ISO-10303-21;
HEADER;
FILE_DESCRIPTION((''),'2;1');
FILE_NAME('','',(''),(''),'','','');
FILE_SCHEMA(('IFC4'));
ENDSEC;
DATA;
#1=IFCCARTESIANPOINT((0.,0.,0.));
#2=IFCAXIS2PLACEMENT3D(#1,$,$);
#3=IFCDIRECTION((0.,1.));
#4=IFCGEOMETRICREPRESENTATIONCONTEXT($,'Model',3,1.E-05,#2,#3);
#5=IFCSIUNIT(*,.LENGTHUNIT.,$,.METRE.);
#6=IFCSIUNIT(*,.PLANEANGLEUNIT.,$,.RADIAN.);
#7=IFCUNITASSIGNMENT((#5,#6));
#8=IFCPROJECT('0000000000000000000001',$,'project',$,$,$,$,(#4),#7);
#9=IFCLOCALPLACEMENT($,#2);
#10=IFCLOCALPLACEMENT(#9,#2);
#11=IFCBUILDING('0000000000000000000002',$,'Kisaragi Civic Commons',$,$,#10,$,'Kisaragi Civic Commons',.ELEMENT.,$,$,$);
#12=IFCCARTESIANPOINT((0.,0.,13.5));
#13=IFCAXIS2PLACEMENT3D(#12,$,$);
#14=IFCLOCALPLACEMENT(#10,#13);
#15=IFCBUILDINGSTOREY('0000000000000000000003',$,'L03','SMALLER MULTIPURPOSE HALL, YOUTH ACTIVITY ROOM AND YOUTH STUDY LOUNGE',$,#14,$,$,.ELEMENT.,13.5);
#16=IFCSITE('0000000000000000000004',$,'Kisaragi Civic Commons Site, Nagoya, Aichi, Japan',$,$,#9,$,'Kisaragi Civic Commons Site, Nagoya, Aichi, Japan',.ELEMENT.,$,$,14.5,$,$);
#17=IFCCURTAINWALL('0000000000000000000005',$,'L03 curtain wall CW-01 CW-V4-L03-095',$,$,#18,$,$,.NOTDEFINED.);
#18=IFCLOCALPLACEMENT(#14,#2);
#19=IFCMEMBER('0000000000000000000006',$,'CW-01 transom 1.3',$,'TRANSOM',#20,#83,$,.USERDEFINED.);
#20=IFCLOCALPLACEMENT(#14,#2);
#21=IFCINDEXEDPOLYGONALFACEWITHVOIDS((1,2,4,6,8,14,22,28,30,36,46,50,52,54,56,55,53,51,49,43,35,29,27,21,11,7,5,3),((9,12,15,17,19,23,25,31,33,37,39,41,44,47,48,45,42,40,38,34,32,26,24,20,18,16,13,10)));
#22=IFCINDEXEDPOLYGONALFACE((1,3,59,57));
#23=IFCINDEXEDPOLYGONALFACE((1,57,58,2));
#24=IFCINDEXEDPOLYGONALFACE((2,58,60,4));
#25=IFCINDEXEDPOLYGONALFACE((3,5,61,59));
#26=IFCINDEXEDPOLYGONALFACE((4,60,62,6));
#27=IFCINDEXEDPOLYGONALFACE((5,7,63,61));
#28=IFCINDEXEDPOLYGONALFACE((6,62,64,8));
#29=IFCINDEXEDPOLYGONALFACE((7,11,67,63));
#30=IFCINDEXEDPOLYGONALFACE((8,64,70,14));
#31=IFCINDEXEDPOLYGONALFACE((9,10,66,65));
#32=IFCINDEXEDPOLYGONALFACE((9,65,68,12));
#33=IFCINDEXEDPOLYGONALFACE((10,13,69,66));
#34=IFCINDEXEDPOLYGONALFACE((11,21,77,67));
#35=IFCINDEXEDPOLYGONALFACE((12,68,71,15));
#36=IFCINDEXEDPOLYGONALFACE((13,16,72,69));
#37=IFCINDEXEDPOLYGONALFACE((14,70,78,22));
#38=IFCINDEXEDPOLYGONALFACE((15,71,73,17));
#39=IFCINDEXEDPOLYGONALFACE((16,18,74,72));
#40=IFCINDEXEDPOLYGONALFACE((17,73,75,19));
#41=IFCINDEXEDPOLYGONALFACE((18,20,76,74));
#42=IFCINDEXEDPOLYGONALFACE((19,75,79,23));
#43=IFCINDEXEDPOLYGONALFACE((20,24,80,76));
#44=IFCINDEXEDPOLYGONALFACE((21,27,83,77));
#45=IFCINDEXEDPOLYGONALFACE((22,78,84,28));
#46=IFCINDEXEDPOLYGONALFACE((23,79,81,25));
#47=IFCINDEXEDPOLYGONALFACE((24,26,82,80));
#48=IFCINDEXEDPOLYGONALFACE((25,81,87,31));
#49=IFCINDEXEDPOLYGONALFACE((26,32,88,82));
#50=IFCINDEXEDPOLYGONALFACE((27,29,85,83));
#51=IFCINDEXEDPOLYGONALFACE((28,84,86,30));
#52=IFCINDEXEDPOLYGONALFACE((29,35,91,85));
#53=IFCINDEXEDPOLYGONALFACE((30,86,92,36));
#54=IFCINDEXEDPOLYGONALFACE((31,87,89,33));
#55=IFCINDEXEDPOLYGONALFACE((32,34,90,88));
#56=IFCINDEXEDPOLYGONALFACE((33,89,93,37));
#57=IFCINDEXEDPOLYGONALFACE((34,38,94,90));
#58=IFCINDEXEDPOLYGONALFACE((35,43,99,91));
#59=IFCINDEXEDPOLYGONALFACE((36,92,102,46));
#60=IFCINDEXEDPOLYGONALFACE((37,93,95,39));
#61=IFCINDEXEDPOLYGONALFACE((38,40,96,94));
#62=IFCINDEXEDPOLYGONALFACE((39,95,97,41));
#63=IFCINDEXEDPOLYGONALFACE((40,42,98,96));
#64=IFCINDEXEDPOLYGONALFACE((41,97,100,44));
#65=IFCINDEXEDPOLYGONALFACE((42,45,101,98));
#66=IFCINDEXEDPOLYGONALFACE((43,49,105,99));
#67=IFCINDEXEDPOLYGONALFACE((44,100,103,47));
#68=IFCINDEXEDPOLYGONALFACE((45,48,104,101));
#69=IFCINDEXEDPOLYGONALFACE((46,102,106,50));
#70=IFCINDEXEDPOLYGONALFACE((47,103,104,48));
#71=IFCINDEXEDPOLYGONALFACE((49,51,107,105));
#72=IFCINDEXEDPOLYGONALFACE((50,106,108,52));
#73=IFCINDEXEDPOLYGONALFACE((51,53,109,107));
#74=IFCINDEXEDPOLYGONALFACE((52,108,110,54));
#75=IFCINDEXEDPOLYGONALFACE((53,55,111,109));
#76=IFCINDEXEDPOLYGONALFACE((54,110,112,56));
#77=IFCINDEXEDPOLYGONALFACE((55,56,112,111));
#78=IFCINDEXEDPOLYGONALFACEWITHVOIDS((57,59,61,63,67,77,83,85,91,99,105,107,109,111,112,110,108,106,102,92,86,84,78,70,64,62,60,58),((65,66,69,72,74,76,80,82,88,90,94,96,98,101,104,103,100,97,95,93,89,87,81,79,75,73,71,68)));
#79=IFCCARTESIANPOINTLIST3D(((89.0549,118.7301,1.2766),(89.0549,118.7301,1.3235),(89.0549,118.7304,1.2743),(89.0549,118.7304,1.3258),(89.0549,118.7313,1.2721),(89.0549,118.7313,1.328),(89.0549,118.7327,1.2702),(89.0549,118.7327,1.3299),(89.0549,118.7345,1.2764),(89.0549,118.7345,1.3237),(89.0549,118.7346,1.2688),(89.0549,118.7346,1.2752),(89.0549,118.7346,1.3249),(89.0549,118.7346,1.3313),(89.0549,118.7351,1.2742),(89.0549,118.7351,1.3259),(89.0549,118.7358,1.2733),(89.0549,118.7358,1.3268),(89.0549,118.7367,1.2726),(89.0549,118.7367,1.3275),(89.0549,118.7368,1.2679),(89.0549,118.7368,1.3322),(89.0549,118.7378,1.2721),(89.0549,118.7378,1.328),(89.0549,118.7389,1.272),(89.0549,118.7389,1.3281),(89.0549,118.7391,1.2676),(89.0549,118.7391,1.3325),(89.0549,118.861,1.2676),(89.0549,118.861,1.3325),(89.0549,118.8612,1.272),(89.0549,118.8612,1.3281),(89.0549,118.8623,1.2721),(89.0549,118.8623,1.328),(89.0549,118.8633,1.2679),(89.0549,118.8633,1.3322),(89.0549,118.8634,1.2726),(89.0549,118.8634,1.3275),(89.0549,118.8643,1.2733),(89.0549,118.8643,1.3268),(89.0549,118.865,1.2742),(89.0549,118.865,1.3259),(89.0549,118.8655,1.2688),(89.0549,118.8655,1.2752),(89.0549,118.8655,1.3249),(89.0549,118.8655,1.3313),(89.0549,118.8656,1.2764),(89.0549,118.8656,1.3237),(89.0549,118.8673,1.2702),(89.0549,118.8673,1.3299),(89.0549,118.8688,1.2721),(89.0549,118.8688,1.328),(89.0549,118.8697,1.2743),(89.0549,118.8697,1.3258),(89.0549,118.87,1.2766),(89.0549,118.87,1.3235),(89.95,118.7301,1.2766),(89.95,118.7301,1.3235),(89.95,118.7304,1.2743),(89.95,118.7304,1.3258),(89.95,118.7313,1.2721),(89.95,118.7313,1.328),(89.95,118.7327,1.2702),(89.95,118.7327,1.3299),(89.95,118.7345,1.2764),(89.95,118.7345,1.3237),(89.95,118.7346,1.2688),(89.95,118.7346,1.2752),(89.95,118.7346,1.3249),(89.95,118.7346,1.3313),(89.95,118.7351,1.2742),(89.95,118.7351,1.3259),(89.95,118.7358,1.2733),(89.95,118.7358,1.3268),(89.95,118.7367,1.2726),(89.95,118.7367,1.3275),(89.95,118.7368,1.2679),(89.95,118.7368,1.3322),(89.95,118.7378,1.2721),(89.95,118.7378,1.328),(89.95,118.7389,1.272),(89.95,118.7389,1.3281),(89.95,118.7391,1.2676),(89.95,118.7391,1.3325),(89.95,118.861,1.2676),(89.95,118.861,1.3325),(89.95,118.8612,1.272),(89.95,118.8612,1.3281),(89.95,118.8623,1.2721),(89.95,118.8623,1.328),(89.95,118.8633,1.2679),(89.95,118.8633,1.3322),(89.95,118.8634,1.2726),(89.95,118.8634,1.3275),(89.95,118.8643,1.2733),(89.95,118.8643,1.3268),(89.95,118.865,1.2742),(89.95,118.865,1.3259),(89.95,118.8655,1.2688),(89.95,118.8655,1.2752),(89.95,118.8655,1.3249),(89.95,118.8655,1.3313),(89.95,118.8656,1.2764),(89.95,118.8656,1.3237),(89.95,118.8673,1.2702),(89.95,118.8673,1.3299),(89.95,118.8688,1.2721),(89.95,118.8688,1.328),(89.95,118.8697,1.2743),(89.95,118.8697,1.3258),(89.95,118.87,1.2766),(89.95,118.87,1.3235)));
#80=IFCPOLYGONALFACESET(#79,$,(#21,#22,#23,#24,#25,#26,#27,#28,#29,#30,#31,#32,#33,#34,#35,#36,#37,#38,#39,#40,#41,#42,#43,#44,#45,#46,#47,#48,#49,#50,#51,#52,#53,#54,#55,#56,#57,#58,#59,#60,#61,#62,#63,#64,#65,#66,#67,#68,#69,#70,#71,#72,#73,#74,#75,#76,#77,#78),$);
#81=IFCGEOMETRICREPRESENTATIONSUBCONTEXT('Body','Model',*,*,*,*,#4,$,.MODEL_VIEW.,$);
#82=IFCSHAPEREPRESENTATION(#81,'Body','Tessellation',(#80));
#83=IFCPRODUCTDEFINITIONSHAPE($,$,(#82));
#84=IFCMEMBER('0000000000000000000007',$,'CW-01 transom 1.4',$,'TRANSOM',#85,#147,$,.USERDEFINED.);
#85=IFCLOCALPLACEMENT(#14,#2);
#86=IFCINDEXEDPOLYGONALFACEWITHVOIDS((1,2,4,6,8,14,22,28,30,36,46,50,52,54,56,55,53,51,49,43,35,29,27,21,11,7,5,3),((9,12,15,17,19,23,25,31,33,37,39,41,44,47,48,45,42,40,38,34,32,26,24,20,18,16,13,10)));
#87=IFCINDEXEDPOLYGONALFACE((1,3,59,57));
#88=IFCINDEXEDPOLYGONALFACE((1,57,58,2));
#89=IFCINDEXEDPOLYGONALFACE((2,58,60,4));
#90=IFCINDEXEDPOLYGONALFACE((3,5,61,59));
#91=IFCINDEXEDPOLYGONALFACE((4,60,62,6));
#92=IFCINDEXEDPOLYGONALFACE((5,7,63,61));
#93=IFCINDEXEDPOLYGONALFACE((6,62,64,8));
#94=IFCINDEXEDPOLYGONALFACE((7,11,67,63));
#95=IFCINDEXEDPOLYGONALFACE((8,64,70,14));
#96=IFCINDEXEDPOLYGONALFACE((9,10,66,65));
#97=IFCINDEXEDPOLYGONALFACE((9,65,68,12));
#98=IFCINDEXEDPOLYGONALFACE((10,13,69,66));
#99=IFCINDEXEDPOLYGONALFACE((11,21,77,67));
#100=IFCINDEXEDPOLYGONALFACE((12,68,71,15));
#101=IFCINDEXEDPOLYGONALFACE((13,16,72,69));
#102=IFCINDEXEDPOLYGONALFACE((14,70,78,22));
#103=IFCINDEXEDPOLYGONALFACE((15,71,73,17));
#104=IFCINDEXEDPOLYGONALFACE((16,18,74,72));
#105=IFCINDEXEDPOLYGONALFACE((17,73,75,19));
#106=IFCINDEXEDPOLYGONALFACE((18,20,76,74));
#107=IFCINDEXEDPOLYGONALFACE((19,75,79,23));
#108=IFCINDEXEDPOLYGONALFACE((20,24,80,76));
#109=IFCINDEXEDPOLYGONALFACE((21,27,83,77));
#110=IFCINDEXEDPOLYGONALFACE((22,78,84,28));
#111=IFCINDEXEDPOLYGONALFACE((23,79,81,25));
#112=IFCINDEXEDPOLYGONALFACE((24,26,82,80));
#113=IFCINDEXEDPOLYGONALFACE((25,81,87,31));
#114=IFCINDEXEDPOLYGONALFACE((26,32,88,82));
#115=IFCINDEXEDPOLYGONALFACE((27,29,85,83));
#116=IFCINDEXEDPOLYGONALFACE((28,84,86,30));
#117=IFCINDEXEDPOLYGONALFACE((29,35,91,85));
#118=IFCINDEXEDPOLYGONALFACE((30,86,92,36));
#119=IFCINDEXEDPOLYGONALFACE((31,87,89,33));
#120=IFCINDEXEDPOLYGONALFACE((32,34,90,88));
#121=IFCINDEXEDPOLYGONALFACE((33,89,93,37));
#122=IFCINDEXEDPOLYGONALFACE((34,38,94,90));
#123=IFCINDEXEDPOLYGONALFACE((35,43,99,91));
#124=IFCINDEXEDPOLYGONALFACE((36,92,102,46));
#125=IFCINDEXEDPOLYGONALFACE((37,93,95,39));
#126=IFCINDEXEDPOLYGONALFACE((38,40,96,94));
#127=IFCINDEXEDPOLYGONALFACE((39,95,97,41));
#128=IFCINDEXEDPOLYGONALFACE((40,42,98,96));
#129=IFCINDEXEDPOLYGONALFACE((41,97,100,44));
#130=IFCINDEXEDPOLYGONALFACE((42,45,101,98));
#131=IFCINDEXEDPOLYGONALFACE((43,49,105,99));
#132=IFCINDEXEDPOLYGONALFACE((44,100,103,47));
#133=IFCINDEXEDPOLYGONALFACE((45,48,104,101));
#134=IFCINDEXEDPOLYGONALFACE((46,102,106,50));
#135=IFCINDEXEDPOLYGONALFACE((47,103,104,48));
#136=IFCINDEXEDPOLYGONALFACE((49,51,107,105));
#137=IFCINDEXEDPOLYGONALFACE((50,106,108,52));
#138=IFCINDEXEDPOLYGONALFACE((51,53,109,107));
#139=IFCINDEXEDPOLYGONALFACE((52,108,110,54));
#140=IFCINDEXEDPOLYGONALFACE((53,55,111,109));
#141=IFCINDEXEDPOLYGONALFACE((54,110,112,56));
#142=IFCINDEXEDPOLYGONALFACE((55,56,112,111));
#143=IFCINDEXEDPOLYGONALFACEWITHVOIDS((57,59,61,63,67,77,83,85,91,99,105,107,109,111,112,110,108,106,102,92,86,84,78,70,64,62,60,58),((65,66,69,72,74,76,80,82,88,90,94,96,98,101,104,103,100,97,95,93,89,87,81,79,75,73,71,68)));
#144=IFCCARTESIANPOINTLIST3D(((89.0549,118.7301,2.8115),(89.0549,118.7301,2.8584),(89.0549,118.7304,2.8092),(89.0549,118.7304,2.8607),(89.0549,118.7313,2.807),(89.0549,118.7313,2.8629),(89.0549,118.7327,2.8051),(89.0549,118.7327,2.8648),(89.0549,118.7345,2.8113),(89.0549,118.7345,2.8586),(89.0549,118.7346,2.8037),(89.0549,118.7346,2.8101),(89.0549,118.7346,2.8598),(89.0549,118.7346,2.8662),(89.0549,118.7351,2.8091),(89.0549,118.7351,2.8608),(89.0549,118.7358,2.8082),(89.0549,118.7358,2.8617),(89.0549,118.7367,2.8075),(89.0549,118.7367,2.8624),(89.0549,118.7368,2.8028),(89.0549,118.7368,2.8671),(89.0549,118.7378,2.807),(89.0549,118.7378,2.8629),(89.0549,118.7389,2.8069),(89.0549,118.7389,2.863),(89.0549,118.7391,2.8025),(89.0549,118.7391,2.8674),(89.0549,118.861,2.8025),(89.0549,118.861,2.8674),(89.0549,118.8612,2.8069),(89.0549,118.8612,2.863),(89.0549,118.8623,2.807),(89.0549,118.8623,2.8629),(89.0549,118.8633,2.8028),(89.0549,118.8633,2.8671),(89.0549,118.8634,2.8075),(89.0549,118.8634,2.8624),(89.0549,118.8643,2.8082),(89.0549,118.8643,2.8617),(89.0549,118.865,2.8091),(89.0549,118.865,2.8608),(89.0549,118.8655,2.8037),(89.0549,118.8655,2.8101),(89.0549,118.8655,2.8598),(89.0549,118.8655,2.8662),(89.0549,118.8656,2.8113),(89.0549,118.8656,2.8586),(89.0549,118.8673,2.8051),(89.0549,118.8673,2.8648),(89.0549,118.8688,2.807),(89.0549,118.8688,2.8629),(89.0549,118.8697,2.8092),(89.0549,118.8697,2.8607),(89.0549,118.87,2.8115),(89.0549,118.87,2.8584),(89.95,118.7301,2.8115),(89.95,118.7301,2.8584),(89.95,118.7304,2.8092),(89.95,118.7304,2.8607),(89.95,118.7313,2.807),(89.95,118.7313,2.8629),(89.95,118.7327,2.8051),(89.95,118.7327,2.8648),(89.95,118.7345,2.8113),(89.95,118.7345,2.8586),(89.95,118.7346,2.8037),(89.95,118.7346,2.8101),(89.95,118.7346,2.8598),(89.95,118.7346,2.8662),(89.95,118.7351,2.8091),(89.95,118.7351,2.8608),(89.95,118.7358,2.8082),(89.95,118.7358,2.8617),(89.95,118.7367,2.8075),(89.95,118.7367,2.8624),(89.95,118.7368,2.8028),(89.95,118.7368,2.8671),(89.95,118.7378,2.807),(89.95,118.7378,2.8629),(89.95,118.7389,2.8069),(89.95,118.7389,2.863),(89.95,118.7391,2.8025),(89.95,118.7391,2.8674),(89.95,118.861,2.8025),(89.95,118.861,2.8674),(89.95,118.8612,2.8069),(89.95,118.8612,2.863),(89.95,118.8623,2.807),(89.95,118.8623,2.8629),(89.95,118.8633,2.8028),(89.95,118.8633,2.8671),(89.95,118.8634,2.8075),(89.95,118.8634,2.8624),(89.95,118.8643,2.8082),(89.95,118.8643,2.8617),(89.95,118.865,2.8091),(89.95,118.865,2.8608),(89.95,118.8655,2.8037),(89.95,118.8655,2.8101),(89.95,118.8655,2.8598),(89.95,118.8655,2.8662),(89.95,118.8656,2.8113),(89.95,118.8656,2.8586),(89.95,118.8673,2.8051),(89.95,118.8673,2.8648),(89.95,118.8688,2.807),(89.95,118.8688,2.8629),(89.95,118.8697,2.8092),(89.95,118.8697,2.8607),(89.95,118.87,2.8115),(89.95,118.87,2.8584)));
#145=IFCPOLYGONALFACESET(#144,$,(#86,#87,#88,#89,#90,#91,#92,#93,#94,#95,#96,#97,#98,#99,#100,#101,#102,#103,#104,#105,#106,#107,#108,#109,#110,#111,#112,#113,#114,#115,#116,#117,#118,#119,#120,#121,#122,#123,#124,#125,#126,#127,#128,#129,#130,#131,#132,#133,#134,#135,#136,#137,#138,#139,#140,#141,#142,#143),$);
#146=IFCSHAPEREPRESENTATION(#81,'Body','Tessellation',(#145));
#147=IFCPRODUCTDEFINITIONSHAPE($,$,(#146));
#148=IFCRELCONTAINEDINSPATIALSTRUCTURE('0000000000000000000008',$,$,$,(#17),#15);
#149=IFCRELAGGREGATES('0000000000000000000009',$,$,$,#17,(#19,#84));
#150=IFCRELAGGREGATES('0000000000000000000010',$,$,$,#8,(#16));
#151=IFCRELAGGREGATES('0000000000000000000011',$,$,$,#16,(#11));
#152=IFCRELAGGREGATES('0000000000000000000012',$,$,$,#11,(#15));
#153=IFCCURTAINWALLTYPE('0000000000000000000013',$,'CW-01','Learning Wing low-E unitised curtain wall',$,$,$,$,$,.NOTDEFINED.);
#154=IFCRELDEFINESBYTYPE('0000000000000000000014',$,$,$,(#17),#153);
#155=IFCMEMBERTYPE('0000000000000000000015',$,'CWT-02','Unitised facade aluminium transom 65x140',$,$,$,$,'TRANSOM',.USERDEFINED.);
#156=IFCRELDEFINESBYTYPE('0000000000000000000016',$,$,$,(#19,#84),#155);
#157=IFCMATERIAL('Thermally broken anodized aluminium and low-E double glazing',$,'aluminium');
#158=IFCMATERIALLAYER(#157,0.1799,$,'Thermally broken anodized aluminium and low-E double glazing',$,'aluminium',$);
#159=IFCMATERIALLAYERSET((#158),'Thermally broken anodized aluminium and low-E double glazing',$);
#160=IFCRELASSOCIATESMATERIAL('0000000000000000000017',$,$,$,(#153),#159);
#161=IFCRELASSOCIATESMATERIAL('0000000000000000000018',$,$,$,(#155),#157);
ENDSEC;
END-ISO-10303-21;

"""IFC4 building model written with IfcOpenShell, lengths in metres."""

from ifc_helpers import new_model, si_unit, direction, frame, origin, origin_2d, place, context, subcontext, project, spatial, hollow_rectangle, extrude, material, layer, layer_set, material_profile, profile_set, type_object, element, aggregate, save


model = new_model("IFC4")

# Units and contexts
model_context = context("Model", 3, precision=1e-05, world=origin(), true_north=direction((0.0, 1.0)))
body_context = subcontext(model_context, "Body", "Model", "MODEL_VIEW")
ifc_project = project(units=[si_unit("LENGTHUNIT", "METRE"), si_unit("PLANEANGLEUNIT", "RADIAN")], contexts=[model_context])

# Site, building, storey
site_placement = place(None, origin())
site = spatial("IfcSite", under=ifc_project, at=site_placement, Name="Kisaragi Civic Commons Site, Nagoya, Aichi, Japan", LongName="Kisaragi Civic Commons Site, Nagoya, Aichi, Japan", CompositionType="ELEMENT", RefElevation=14.5)
building_placement = place(site_placement, origin())
building = spatial("IfcBuilding", under=site, at=building_placement, Name="Kisaragi Civic Commons", LongName="Kisaragi Civic Commons", CompositionType="ELEMENT")
storey_placement = place(building_placement, frame((0.0, 0.0, 13.5)))
storey = spatial("IfcBuildingStorey", under=building, at=storey_placement, Name="L03", Description="SMALLER MULTIPURPOSE HALL, YOUTH ACTIVITY ROOM AND YOUTH STUDY LOUNGE", CompositionType="ELEMENT", Elevation=13.5)

# Curtain wall, members
ifc_material_1 = material(Name="Thermally broken anodized aluminium and low-E double glazing", Category="aluminium")
ifc_layer_1 = layer(ifc_material_1, 0.1799, Name="Thermally broken anodized aluminium and low-E double glazing", Category="aluminium")
ifc_layer_set_1 = layer_set([ifc_layer_1], Name="Thermally broken anodized aluminium and low-E double glazing")
curtain_wall_type = type_object("IfcCurtainWallType", Name="CW-01", Description="Learning Wing low-E unitised curtain wall", PredefinedType="NOTDEFINED", material=ifc_layer_set_1)
curtain_wall_placement = place(storey_placement, origin())
curtain_wall = element("IfcCurtainWall", 1, at=curtain_wall_placement, inside=storey, type_object=curtain_wall_type, Name="L03 curtain wall CW-01 CW-V4-L03-095", PredefinedType="NOTDEFINED")
ifc_material_profile_1 = material_profile(ifc_material_1, hollow_rectangle(XDim=0.1399, YDim=0.0649, WallThickness=0.0044, InnerFilletRadius=0.0044, OuterFilletRadius=0.009, at=origin_2d()), Name="CWT-65x140x4.5", Category="aluminium")
ifc_profile_set_1 = profile_set([ifc_material_profile_1], Name="Thermally broken anodized aluminium and low-E double glazing")
member_type_1 = type_object("IfcMemberType", Name="CWT-02", Description="Unitised facade aluminium transom 65x140", ElementType="TRANSOM", PredefinedType="USERDEFINED", material=ifc_profile_set_1)
member_1_placement = place(storey_placement, frame((89.0549, 118.8, 1.3), z_axis=(1.0, 0.0, 0.0), x_axis=(0.0, 1.0, 0.0)))
member_1 = element("IfcMember", 2, at=member_1_placement, type_object=member_type_1, Name="CW-01 transom 1.3", ObjectType="TRANSOM", PredefinedType="USERDEFINED", context=body_context, shape_type="SweptSolid", body=[
    extrude(hollow_rectangle(XDim=0.1399, YDim=0.0649, WallThickness=0.0044, InnerFilletRadius=0.0044, OuterFilletRadius=0.009, at=origin_2d()), origin(), (0.0, 0.0, 1.0), 0.895),
])
member_2_placement = place(storey_placement, frame((89.0549, 118.8, 2.835), z_axis=(1.0, 0.0, 0.0), x_axis=(0.0, 1.0, 0.0)))
member_2 = element("IfcMember", 3, at=member_2_placement, type_object=member_type_1, Name="CW-01 transom 1.4", ObjectType="TRANSOM", PredefinedType="USERDEFINED", context=body_context, shape_type="SweptSolid", body=[
    extrude(hollow_rectangle(XDim=0.1399, YDim=0.0649, WallThickness=0.0044, InnerFilletRadius=0.0044, OuterFilletRadius=0.009, at=origin_2d()), origin(), (0.0, 0.0, 1.0), 0.895),
])

aggregate(curtain_wall, [member_1, member_2])

save(model, "model.ifc")
